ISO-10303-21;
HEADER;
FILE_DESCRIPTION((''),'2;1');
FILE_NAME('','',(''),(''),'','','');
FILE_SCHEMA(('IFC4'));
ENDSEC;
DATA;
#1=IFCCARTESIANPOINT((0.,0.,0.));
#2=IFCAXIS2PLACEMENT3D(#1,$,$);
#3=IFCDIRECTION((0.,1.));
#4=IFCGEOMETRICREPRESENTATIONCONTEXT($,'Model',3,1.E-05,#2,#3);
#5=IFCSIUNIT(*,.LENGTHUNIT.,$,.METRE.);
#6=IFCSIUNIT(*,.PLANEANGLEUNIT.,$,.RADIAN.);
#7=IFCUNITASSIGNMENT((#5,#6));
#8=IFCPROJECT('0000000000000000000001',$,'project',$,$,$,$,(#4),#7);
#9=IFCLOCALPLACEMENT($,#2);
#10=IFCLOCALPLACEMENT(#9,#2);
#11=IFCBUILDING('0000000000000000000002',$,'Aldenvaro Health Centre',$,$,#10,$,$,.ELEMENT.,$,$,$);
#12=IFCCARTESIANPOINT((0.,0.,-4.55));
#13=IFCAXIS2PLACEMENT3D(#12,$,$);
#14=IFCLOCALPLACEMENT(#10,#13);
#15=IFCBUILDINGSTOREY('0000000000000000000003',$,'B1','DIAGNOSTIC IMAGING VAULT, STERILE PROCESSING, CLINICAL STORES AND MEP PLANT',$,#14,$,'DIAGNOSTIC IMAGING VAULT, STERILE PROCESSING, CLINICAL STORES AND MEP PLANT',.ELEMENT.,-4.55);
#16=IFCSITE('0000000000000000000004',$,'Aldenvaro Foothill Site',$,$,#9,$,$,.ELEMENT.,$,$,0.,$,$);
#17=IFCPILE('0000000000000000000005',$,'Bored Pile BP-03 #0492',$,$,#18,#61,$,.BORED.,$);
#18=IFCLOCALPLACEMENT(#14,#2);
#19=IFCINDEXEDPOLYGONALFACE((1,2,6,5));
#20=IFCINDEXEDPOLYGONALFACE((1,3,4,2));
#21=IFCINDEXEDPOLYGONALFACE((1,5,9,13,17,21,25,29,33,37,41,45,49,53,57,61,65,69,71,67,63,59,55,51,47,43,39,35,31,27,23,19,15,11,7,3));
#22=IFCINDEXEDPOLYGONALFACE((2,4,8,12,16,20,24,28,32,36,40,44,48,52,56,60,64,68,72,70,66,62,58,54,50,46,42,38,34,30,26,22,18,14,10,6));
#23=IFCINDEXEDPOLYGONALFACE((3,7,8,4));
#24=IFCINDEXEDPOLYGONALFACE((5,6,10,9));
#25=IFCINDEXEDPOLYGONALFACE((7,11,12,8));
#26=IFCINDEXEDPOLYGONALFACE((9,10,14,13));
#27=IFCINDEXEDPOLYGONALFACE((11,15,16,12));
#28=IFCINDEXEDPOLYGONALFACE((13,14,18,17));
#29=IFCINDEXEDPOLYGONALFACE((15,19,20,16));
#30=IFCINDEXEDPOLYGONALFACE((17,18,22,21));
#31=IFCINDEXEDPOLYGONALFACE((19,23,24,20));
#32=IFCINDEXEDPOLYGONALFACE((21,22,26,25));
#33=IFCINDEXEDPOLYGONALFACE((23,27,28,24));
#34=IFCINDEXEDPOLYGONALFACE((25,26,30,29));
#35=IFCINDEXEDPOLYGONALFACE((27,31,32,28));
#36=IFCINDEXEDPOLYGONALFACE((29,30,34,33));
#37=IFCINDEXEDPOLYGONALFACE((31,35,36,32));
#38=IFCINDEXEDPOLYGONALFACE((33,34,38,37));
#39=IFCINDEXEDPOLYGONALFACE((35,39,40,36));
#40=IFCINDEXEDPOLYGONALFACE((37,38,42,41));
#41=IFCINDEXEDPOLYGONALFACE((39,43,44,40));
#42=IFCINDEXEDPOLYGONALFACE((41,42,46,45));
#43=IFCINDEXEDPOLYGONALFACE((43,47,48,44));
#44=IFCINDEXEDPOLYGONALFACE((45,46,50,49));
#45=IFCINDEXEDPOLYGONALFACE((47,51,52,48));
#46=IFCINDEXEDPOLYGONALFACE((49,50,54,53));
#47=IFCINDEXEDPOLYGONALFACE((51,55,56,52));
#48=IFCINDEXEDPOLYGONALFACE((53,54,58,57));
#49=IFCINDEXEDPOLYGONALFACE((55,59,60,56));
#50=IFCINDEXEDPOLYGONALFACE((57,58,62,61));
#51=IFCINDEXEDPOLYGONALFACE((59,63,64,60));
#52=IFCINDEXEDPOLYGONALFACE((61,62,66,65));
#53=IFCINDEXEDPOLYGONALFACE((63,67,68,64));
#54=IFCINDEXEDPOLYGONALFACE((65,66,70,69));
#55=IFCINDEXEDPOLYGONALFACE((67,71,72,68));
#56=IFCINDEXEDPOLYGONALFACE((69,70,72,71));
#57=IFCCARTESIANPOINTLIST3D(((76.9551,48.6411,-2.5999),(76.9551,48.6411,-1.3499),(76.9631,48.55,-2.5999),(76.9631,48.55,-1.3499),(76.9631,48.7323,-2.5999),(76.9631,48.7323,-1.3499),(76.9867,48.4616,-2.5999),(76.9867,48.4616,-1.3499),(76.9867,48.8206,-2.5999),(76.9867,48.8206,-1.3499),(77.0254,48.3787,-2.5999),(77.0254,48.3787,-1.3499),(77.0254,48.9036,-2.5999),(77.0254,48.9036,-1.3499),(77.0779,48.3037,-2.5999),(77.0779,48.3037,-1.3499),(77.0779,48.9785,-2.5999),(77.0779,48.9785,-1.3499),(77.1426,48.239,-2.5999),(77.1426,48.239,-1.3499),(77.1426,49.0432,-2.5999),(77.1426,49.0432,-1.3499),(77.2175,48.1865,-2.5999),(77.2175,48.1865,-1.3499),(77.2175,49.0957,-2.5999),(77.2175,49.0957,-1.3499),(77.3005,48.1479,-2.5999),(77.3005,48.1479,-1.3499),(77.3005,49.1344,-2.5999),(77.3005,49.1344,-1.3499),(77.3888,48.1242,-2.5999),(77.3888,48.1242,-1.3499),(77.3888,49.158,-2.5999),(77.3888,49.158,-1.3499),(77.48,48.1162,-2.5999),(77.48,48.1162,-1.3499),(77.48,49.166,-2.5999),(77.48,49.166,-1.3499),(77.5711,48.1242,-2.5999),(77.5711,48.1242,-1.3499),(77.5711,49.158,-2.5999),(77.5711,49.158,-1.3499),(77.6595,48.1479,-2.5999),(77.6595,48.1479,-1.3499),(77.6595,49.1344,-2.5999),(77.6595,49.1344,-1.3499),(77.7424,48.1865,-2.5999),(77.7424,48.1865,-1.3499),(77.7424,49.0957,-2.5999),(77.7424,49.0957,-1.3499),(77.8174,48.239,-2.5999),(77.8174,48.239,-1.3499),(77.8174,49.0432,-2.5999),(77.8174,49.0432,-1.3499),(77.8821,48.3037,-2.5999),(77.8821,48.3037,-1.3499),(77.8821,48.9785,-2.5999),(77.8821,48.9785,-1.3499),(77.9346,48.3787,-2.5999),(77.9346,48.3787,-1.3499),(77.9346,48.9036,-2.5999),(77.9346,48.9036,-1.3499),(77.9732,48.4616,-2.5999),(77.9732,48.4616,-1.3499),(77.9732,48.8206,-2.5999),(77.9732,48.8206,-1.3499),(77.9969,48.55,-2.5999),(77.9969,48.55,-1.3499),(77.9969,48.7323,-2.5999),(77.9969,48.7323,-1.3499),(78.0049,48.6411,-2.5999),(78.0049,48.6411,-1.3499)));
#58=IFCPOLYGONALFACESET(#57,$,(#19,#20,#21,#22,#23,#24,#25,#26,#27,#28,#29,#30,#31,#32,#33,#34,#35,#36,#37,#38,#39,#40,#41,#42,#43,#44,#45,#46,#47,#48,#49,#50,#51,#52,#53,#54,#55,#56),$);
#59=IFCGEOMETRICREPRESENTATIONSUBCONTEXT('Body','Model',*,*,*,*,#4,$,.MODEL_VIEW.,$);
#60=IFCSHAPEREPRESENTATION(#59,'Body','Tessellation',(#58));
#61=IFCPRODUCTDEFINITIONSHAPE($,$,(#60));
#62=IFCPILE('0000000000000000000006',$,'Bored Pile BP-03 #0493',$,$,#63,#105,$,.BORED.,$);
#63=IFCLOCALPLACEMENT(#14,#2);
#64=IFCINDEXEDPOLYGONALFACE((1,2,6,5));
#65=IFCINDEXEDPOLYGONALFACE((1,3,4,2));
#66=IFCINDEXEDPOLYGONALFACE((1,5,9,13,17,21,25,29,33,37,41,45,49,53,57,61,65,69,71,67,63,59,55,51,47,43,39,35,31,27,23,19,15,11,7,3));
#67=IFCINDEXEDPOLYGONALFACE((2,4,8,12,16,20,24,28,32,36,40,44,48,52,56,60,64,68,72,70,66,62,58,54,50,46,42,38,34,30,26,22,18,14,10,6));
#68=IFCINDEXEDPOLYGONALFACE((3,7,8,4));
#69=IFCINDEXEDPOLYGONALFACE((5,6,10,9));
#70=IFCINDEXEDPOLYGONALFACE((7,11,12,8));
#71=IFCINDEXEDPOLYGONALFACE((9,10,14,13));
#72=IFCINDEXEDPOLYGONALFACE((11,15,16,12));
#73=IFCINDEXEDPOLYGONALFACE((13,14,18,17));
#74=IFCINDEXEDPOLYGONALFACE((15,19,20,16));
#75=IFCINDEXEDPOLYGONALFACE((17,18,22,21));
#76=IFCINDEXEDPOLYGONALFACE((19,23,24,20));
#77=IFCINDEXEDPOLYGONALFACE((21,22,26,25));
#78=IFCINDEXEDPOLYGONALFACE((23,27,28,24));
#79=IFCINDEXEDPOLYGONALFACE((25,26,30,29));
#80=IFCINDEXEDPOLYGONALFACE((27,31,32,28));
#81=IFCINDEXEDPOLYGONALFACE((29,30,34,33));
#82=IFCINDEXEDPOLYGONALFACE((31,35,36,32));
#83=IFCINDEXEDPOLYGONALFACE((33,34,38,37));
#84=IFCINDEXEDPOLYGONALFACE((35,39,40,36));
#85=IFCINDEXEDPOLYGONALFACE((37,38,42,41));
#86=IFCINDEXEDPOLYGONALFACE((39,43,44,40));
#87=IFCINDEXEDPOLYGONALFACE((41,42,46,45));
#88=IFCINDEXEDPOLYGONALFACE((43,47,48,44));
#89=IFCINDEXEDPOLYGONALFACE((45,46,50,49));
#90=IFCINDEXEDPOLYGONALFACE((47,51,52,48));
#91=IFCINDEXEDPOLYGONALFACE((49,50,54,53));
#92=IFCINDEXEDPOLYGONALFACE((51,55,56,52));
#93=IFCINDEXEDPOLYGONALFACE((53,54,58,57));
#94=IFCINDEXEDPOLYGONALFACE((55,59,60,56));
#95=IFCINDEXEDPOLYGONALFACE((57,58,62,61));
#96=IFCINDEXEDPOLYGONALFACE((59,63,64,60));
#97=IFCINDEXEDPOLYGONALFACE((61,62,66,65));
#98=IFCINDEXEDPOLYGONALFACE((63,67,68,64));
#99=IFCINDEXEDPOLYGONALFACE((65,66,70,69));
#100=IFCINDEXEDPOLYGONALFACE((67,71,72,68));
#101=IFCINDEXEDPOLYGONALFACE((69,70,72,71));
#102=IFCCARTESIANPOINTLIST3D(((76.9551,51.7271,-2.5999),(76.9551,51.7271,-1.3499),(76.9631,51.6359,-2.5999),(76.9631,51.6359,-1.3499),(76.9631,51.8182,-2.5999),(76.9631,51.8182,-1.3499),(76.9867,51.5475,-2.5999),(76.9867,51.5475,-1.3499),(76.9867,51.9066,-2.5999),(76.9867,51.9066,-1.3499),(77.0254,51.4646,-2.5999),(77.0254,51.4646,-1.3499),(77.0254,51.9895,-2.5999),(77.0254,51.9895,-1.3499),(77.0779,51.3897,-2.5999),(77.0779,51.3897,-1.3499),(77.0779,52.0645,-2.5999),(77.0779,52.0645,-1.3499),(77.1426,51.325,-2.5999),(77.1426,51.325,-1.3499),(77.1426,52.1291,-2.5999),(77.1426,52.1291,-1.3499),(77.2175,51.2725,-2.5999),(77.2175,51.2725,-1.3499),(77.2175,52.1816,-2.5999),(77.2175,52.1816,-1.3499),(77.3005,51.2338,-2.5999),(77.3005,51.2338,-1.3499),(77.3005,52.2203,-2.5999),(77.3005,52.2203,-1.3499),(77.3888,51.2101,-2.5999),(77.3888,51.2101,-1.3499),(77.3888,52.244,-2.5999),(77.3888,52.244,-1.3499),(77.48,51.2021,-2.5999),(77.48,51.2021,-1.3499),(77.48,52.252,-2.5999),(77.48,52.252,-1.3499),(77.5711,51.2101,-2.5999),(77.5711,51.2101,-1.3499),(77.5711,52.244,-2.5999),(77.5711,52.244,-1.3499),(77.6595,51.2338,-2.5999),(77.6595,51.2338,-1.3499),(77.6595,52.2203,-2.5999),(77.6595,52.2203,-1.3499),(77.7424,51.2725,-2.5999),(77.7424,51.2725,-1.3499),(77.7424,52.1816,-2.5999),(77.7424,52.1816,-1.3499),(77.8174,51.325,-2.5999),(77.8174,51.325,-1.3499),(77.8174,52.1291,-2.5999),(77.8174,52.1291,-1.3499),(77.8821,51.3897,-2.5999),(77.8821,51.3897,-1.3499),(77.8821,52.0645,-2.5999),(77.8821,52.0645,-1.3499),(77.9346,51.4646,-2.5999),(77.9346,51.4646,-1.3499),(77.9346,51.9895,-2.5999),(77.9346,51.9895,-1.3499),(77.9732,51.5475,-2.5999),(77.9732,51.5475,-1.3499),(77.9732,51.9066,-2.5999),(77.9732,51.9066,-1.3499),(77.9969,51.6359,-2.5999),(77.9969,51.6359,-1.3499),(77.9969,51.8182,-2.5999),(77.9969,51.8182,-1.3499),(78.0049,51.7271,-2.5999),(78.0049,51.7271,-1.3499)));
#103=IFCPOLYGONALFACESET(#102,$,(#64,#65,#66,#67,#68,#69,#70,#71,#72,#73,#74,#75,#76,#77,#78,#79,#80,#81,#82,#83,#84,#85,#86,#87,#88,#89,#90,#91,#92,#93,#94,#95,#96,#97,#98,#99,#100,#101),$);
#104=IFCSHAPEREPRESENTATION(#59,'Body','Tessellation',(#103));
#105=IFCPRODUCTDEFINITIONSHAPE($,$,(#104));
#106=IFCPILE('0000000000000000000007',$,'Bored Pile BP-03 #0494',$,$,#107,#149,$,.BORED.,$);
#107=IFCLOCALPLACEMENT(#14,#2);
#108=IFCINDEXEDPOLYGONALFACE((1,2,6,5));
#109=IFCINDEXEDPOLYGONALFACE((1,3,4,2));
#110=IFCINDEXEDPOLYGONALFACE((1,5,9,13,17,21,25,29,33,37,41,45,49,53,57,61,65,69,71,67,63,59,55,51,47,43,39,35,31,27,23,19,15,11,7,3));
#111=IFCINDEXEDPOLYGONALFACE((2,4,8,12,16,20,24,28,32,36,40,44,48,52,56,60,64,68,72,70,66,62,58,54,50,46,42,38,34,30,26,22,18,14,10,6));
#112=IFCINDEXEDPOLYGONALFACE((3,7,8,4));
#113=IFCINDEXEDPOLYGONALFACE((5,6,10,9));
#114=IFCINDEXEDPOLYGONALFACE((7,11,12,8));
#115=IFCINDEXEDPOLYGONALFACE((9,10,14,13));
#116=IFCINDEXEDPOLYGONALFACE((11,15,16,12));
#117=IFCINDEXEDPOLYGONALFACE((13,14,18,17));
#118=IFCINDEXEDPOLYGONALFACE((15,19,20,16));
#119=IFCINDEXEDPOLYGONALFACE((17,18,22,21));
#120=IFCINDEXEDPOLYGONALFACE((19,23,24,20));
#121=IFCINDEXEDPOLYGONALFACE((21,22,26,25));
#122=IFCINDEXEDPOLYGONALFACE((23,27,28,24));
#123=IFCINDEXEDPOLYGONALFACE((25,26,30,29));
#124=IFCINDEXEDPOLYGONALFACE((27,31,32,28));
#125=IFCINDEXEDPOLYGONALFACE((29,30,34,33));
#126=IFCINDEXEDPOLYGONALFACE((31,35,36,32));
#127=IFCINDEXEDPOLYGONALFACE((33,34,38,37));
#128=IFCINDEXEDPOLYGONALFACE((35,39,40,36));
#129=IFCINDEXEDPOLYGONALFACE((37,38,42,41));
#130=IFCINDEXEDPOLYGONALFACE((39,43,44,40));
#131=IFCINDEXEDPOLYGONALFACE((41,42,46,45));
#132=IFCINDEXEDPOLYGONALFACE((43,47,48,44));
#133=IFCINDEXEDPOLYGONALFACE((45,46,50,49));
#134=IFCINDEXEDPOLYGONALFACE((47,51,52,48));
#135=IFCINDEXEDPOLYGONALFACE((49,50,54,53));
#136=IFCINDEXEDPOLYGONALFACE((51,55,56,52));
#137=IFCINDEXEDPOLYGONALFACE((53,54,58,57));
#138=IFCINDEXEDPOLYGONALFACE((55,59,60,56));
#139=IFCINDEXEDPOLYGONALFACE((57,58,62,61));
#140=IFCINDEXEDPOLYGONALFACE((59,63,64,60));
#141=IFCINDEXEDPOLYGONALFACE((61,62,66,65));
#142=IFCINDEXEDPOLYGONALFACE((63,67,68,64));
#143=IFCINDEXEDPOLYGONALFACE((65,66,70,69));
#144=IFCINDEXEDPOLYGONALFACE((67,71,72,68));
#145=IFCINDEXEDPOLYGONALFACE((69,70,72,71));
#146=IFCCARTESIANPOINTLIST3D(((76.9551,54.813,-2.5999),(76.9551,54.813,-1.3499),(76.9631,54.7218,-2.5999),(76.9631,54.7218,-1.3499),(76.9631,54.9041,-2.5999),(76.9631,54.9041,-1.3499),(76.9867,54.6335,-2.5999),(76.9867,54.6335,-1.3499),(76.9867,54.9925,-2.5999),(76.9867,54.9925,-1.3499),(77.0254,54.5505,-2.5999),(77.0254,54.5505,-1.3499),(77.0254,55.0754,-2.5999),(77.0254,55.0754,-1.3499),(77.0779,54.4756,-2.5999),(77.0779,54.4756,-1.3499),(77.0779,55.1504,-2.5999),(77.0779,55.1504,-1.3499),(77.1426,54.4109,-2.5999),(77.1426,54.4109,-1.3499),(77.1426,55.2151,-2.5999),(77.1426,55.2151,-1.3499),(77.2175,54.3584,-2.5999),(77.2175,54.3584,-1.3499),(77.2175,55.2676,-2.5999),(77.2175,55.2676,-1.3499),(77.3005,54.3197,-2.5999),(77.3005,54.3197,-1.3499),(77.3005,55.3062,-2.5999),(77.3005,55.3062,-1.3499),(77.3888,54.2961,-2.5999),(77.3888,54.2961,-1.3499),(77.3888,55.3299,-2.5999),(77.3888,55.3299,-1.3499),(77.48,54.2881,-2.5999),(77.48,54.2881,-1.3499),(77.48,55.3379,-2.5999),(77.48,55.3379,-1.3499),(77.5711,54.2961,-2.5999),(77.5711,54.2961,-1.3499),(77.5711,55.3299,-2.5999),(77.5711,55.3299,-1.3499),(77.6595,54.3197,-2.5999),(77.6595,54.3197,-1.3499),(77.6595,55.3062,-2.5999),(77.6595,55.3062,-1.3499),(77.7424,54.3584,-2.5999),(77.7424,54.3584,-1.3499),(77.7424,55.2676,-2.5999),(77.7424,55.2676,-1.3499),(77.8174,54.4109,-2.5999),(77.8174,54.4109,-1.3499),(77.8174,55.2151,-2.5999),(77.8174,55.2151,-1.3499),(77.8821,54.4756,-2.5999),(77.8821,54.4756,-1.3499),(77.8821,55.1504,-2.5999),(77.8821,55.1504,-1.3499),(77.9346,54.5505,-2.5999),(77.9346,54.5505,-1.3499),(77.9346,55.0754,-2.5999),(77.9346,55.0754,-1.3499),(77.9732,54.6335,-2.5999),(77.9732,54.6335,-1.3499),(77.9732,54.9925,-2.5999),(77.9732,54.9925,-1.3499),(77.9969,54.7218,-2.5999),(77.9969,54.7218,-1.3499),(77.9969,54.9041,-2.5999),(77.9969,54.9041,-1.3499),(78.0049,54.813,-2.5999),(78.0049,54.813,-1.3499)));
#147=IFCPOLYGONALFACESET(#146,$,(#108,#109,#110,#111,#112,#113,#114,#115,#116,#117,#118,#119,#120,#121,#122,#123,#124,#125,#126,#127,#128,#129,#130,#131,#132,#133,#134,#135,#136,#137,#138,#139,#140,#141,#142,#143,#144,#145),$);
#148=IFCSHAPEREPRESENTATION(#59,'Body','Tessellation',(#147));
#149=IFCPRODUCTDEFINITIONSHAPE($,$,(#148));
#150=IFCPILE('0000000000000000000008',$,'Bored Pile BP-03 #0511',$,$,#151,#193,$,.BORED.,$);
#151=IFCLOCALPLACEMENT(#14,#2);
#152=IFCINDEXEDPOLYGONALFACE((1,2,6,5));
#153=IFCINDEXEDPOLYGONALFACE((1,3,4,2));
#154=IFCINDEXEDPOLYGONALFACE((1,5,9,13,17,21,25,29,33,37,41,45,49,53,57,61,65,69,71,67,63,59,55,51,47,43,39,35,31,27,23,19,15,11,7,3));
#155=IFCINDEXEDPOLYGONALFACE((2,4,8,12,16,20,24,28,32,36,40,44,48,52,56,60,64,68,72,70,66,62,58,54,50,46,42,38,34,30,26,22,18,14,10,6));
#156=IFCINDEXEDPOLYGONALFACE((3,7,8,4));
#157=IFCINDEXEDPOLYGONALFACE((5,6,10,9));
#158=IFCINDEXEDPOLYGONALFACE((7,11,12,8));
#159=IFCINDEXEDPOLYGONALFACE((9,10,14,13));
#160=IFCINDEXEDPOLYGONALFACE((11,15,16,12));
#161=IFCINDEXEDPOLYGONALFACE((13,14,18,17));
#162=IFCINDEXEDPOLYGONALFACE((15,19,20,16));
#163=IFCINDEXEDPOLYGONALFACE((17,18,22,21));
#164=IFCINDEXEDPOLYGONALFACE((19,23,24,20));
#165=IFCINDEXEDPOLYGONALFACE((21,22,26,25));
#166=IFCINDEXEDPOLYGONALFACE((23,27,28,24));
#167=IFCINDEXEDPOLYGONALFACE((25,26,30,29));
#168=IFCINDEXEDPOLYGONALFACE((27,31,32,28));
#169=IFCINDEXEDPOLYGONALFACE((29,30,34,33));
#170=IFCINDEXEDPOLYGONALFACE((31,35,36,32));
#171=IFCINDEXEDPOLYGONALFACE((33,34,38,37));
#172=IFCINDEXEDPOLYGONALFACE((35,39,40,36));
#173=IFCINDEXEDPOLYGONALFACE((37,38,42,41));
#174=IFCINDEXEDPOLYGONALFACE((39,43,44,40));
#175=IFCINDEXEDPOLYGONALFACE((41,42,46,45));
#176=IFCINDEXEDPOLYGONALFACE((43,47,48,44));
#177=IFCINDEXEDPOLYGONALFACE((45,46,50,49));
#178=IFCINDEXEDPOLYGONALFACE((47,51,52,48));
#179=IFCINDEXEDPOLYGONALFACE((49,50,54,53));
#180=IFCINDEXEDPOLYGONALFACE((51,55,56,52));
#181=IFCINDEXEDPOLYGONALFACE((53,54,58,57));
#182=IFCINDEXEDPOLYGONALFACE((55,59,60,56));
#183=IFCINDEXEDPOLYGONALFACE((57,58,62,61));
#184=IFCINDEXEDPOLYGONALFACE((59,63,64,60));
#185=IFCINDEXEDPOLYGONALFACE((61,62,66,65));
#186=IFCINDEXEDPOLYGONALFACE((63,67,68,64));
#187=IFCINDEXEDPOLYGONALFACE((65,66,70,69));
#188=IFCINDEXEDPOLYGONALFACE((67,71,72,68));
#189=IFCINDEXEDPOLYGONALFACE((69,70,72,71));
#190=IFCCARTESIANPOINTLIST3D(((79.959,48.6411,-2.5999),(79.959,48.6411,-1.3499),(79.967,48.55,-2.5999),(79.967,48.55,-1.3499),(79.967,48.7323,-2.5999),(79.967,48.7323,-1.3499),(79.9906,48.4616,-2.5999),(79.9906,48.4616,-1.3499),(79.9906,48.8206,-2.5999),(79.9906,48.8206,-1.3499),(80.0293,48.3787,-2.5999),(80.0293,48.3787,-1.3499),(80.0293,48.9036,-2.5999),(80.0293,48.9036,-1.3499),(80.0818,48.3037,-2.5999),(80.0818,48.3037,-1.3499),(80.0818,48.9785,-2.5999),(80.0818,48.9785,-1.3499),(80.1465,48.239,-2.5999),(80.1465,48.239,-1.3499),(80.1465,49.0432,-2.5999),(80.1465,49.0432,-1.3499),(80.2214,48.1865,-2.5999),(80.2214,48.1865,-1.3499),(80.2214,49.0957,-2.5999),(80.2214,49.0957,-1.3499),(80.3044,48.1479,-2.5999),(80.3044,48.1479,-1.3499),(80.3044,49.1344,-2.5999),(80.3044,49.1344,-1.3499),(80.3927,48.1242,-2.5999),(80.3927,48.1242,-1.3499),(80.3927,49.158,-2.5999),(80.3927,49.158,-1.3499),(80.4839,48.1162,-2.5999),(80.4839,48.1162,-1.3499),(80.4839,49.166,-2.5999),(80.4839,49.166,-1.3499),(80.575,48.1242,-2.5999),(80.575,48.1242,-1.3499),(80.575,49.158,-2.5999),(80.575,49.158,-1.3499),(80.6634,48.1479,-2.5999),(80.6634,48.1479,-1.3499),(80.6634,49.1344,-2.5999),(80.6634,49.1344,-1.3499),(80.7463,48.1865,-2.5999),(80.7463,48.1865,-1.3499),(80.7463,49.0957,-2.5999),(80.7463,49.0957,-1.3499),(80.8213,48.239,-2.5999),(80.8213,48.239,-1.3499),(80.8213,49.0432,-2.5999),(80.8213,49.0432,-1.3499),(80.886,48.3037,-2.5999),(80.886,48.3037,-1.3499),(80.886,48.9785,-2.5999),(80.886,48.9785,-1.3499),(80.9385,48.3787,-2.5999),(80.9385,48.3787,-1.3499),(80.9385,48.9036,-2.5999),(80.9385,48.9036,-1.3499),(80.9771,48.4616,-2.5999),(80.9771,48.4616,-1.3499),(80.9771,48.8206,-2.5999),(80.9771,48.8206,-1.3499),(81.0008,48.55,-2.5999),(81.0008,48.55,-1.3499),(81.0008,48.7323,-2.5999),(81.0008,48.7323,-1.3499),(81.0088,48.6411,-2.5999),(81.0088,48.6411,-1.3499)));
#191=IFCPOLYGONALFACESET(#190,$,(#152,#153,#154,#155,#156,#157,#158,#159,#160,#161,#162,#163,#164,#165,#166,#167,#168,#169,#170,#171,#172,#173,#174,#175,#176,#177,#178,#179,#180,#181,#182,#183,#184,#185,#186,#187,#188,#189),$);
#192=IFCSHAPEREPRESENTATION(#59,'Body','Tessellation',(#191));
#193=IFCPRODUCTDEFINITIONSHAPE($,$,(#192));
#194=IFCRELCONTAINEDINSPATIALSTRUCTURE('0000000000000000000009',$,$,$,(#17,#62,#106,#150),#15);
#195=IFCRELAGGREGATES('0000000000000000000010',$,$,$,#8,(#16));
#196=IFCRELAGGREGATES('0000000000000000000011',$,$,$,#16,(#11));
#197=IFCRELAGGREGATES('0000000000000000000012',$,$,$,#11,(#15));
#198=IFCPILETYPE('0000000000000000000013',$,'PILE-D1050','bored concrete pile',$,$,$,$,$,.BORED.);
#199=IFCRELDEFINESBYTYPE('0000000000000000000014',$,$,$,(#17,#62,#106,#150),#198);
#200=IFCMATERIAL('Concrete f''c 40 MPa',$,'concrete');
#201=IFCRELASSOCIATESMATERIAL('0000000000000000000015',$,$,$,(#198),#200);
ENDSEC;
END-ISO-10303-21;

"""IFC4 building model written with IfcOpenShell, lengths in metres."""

from ifc_helpers import new_model, si_unit, direction, frame, origin, origin_2d, place, context, subcontext, project, spatial, circle, extrude, material, material_profile, profile_set, type_object, element, save


model = new_model("IFC4")

# Units and contexts
model_context = context("Model", 3, precision=1e-05, world=origin(), true_north=direction((0.0, 1.0)))
body_context = subcontext(model_context, "Body", "Model", "MODEL_VIEW")
ifc_project = project(units=[si_unit("LENGTHUNIT", "METRE"), si_unit("PLANEANGLEUNIT", "RADIAN")], contexts=[model_context])

# Site, building, storey
site_placement = place(None, origin())
site = spatial("IfcSite", under=ifc_project, at=site_placement, Name="Aldenvaro Foothill Site", CompositionType="ELEMENT", RefElevation=0.0)
building_placement = place(site_placement, origin())
building = spatial("IfcBuilding", under=site, at=building_placement, Name="Aldenvaro Health Centre", CompositionType="ELEMENT")
storey_placement = place(building_placement, frame((0.0, 0.0, -4.55)))
storey = spatial("IfcBuildingStorey", under=building, at=storey_placement, Name="B1", Description="DIAGNOSTIC IMAGING VAULT, STERILE PROCESSING, CLINICAL STORES AND MEP PLANT", LongName="DIAGNOSTIC IMAGING VAULT, STERILE PROCESSING, CLINICAL STORES AND MEP PLANT", CompositionType="ELEMENT", Elevation=-4.55)

# Piles
ifc_material = material(Name="Concrete f'c 40 MPa", Category="concrete")
ifc_material_profile_1 = material_profile(ifc_material, circle(Radius=0.5249, at=origin_2d()), Name="PILE D1050", Category="concrete")
ifc_profile_set_1 = profile_set([ifc_material_profile_1], Name="Concrete f'c 40 MPa")
pile_type = type_object("IfcPileType", Name="PILE-D1050", Description="bored concrete pile", PredefinedType="BORED", material=ifc_profile_set_1)
for number, where, z_axis, x_axis, name in (
    (1, (77.48, 48.6411, -1.3499), (0.0, 0.0, -1.0), (1.0, 0.0, 0.0), "Bored Pile BP-03 #0492"),
    (2, (77.48, 51.7271, -1.3499), (0.0, 0.0, -1.0), (1.0, 0.0, 0.0), "Bored Pile BP-03 #0493"),
    (3, (77.48, 54.813, -1.3499), (0.0, 0.0, -1.0), (1.0, 0.0, 0.0), "Bored Pile BP-03 #0494"),
    (4, (80.4839, 48.6411, -1.3499), (0.0, 0.0, -1.0), (1.0, 0.0, 0.0), "Bored Pile BP-03 #0511"),
):
    element("IfcPile", number, at=place(storey_placement, frame(where, z_axis=z_axis, x_axis=x_axis)), inside=storey, type_object=pile_type, Name=name, PredefinedType="BORED", context=body_context, shape_type="SweptSolid", body=[
        extrude(circle(Radius=0.5249, at=origin_2d()), origin(), (0.0, 0.0, 1.0), 1.25),
    ])

save(model, "model.ifc")
